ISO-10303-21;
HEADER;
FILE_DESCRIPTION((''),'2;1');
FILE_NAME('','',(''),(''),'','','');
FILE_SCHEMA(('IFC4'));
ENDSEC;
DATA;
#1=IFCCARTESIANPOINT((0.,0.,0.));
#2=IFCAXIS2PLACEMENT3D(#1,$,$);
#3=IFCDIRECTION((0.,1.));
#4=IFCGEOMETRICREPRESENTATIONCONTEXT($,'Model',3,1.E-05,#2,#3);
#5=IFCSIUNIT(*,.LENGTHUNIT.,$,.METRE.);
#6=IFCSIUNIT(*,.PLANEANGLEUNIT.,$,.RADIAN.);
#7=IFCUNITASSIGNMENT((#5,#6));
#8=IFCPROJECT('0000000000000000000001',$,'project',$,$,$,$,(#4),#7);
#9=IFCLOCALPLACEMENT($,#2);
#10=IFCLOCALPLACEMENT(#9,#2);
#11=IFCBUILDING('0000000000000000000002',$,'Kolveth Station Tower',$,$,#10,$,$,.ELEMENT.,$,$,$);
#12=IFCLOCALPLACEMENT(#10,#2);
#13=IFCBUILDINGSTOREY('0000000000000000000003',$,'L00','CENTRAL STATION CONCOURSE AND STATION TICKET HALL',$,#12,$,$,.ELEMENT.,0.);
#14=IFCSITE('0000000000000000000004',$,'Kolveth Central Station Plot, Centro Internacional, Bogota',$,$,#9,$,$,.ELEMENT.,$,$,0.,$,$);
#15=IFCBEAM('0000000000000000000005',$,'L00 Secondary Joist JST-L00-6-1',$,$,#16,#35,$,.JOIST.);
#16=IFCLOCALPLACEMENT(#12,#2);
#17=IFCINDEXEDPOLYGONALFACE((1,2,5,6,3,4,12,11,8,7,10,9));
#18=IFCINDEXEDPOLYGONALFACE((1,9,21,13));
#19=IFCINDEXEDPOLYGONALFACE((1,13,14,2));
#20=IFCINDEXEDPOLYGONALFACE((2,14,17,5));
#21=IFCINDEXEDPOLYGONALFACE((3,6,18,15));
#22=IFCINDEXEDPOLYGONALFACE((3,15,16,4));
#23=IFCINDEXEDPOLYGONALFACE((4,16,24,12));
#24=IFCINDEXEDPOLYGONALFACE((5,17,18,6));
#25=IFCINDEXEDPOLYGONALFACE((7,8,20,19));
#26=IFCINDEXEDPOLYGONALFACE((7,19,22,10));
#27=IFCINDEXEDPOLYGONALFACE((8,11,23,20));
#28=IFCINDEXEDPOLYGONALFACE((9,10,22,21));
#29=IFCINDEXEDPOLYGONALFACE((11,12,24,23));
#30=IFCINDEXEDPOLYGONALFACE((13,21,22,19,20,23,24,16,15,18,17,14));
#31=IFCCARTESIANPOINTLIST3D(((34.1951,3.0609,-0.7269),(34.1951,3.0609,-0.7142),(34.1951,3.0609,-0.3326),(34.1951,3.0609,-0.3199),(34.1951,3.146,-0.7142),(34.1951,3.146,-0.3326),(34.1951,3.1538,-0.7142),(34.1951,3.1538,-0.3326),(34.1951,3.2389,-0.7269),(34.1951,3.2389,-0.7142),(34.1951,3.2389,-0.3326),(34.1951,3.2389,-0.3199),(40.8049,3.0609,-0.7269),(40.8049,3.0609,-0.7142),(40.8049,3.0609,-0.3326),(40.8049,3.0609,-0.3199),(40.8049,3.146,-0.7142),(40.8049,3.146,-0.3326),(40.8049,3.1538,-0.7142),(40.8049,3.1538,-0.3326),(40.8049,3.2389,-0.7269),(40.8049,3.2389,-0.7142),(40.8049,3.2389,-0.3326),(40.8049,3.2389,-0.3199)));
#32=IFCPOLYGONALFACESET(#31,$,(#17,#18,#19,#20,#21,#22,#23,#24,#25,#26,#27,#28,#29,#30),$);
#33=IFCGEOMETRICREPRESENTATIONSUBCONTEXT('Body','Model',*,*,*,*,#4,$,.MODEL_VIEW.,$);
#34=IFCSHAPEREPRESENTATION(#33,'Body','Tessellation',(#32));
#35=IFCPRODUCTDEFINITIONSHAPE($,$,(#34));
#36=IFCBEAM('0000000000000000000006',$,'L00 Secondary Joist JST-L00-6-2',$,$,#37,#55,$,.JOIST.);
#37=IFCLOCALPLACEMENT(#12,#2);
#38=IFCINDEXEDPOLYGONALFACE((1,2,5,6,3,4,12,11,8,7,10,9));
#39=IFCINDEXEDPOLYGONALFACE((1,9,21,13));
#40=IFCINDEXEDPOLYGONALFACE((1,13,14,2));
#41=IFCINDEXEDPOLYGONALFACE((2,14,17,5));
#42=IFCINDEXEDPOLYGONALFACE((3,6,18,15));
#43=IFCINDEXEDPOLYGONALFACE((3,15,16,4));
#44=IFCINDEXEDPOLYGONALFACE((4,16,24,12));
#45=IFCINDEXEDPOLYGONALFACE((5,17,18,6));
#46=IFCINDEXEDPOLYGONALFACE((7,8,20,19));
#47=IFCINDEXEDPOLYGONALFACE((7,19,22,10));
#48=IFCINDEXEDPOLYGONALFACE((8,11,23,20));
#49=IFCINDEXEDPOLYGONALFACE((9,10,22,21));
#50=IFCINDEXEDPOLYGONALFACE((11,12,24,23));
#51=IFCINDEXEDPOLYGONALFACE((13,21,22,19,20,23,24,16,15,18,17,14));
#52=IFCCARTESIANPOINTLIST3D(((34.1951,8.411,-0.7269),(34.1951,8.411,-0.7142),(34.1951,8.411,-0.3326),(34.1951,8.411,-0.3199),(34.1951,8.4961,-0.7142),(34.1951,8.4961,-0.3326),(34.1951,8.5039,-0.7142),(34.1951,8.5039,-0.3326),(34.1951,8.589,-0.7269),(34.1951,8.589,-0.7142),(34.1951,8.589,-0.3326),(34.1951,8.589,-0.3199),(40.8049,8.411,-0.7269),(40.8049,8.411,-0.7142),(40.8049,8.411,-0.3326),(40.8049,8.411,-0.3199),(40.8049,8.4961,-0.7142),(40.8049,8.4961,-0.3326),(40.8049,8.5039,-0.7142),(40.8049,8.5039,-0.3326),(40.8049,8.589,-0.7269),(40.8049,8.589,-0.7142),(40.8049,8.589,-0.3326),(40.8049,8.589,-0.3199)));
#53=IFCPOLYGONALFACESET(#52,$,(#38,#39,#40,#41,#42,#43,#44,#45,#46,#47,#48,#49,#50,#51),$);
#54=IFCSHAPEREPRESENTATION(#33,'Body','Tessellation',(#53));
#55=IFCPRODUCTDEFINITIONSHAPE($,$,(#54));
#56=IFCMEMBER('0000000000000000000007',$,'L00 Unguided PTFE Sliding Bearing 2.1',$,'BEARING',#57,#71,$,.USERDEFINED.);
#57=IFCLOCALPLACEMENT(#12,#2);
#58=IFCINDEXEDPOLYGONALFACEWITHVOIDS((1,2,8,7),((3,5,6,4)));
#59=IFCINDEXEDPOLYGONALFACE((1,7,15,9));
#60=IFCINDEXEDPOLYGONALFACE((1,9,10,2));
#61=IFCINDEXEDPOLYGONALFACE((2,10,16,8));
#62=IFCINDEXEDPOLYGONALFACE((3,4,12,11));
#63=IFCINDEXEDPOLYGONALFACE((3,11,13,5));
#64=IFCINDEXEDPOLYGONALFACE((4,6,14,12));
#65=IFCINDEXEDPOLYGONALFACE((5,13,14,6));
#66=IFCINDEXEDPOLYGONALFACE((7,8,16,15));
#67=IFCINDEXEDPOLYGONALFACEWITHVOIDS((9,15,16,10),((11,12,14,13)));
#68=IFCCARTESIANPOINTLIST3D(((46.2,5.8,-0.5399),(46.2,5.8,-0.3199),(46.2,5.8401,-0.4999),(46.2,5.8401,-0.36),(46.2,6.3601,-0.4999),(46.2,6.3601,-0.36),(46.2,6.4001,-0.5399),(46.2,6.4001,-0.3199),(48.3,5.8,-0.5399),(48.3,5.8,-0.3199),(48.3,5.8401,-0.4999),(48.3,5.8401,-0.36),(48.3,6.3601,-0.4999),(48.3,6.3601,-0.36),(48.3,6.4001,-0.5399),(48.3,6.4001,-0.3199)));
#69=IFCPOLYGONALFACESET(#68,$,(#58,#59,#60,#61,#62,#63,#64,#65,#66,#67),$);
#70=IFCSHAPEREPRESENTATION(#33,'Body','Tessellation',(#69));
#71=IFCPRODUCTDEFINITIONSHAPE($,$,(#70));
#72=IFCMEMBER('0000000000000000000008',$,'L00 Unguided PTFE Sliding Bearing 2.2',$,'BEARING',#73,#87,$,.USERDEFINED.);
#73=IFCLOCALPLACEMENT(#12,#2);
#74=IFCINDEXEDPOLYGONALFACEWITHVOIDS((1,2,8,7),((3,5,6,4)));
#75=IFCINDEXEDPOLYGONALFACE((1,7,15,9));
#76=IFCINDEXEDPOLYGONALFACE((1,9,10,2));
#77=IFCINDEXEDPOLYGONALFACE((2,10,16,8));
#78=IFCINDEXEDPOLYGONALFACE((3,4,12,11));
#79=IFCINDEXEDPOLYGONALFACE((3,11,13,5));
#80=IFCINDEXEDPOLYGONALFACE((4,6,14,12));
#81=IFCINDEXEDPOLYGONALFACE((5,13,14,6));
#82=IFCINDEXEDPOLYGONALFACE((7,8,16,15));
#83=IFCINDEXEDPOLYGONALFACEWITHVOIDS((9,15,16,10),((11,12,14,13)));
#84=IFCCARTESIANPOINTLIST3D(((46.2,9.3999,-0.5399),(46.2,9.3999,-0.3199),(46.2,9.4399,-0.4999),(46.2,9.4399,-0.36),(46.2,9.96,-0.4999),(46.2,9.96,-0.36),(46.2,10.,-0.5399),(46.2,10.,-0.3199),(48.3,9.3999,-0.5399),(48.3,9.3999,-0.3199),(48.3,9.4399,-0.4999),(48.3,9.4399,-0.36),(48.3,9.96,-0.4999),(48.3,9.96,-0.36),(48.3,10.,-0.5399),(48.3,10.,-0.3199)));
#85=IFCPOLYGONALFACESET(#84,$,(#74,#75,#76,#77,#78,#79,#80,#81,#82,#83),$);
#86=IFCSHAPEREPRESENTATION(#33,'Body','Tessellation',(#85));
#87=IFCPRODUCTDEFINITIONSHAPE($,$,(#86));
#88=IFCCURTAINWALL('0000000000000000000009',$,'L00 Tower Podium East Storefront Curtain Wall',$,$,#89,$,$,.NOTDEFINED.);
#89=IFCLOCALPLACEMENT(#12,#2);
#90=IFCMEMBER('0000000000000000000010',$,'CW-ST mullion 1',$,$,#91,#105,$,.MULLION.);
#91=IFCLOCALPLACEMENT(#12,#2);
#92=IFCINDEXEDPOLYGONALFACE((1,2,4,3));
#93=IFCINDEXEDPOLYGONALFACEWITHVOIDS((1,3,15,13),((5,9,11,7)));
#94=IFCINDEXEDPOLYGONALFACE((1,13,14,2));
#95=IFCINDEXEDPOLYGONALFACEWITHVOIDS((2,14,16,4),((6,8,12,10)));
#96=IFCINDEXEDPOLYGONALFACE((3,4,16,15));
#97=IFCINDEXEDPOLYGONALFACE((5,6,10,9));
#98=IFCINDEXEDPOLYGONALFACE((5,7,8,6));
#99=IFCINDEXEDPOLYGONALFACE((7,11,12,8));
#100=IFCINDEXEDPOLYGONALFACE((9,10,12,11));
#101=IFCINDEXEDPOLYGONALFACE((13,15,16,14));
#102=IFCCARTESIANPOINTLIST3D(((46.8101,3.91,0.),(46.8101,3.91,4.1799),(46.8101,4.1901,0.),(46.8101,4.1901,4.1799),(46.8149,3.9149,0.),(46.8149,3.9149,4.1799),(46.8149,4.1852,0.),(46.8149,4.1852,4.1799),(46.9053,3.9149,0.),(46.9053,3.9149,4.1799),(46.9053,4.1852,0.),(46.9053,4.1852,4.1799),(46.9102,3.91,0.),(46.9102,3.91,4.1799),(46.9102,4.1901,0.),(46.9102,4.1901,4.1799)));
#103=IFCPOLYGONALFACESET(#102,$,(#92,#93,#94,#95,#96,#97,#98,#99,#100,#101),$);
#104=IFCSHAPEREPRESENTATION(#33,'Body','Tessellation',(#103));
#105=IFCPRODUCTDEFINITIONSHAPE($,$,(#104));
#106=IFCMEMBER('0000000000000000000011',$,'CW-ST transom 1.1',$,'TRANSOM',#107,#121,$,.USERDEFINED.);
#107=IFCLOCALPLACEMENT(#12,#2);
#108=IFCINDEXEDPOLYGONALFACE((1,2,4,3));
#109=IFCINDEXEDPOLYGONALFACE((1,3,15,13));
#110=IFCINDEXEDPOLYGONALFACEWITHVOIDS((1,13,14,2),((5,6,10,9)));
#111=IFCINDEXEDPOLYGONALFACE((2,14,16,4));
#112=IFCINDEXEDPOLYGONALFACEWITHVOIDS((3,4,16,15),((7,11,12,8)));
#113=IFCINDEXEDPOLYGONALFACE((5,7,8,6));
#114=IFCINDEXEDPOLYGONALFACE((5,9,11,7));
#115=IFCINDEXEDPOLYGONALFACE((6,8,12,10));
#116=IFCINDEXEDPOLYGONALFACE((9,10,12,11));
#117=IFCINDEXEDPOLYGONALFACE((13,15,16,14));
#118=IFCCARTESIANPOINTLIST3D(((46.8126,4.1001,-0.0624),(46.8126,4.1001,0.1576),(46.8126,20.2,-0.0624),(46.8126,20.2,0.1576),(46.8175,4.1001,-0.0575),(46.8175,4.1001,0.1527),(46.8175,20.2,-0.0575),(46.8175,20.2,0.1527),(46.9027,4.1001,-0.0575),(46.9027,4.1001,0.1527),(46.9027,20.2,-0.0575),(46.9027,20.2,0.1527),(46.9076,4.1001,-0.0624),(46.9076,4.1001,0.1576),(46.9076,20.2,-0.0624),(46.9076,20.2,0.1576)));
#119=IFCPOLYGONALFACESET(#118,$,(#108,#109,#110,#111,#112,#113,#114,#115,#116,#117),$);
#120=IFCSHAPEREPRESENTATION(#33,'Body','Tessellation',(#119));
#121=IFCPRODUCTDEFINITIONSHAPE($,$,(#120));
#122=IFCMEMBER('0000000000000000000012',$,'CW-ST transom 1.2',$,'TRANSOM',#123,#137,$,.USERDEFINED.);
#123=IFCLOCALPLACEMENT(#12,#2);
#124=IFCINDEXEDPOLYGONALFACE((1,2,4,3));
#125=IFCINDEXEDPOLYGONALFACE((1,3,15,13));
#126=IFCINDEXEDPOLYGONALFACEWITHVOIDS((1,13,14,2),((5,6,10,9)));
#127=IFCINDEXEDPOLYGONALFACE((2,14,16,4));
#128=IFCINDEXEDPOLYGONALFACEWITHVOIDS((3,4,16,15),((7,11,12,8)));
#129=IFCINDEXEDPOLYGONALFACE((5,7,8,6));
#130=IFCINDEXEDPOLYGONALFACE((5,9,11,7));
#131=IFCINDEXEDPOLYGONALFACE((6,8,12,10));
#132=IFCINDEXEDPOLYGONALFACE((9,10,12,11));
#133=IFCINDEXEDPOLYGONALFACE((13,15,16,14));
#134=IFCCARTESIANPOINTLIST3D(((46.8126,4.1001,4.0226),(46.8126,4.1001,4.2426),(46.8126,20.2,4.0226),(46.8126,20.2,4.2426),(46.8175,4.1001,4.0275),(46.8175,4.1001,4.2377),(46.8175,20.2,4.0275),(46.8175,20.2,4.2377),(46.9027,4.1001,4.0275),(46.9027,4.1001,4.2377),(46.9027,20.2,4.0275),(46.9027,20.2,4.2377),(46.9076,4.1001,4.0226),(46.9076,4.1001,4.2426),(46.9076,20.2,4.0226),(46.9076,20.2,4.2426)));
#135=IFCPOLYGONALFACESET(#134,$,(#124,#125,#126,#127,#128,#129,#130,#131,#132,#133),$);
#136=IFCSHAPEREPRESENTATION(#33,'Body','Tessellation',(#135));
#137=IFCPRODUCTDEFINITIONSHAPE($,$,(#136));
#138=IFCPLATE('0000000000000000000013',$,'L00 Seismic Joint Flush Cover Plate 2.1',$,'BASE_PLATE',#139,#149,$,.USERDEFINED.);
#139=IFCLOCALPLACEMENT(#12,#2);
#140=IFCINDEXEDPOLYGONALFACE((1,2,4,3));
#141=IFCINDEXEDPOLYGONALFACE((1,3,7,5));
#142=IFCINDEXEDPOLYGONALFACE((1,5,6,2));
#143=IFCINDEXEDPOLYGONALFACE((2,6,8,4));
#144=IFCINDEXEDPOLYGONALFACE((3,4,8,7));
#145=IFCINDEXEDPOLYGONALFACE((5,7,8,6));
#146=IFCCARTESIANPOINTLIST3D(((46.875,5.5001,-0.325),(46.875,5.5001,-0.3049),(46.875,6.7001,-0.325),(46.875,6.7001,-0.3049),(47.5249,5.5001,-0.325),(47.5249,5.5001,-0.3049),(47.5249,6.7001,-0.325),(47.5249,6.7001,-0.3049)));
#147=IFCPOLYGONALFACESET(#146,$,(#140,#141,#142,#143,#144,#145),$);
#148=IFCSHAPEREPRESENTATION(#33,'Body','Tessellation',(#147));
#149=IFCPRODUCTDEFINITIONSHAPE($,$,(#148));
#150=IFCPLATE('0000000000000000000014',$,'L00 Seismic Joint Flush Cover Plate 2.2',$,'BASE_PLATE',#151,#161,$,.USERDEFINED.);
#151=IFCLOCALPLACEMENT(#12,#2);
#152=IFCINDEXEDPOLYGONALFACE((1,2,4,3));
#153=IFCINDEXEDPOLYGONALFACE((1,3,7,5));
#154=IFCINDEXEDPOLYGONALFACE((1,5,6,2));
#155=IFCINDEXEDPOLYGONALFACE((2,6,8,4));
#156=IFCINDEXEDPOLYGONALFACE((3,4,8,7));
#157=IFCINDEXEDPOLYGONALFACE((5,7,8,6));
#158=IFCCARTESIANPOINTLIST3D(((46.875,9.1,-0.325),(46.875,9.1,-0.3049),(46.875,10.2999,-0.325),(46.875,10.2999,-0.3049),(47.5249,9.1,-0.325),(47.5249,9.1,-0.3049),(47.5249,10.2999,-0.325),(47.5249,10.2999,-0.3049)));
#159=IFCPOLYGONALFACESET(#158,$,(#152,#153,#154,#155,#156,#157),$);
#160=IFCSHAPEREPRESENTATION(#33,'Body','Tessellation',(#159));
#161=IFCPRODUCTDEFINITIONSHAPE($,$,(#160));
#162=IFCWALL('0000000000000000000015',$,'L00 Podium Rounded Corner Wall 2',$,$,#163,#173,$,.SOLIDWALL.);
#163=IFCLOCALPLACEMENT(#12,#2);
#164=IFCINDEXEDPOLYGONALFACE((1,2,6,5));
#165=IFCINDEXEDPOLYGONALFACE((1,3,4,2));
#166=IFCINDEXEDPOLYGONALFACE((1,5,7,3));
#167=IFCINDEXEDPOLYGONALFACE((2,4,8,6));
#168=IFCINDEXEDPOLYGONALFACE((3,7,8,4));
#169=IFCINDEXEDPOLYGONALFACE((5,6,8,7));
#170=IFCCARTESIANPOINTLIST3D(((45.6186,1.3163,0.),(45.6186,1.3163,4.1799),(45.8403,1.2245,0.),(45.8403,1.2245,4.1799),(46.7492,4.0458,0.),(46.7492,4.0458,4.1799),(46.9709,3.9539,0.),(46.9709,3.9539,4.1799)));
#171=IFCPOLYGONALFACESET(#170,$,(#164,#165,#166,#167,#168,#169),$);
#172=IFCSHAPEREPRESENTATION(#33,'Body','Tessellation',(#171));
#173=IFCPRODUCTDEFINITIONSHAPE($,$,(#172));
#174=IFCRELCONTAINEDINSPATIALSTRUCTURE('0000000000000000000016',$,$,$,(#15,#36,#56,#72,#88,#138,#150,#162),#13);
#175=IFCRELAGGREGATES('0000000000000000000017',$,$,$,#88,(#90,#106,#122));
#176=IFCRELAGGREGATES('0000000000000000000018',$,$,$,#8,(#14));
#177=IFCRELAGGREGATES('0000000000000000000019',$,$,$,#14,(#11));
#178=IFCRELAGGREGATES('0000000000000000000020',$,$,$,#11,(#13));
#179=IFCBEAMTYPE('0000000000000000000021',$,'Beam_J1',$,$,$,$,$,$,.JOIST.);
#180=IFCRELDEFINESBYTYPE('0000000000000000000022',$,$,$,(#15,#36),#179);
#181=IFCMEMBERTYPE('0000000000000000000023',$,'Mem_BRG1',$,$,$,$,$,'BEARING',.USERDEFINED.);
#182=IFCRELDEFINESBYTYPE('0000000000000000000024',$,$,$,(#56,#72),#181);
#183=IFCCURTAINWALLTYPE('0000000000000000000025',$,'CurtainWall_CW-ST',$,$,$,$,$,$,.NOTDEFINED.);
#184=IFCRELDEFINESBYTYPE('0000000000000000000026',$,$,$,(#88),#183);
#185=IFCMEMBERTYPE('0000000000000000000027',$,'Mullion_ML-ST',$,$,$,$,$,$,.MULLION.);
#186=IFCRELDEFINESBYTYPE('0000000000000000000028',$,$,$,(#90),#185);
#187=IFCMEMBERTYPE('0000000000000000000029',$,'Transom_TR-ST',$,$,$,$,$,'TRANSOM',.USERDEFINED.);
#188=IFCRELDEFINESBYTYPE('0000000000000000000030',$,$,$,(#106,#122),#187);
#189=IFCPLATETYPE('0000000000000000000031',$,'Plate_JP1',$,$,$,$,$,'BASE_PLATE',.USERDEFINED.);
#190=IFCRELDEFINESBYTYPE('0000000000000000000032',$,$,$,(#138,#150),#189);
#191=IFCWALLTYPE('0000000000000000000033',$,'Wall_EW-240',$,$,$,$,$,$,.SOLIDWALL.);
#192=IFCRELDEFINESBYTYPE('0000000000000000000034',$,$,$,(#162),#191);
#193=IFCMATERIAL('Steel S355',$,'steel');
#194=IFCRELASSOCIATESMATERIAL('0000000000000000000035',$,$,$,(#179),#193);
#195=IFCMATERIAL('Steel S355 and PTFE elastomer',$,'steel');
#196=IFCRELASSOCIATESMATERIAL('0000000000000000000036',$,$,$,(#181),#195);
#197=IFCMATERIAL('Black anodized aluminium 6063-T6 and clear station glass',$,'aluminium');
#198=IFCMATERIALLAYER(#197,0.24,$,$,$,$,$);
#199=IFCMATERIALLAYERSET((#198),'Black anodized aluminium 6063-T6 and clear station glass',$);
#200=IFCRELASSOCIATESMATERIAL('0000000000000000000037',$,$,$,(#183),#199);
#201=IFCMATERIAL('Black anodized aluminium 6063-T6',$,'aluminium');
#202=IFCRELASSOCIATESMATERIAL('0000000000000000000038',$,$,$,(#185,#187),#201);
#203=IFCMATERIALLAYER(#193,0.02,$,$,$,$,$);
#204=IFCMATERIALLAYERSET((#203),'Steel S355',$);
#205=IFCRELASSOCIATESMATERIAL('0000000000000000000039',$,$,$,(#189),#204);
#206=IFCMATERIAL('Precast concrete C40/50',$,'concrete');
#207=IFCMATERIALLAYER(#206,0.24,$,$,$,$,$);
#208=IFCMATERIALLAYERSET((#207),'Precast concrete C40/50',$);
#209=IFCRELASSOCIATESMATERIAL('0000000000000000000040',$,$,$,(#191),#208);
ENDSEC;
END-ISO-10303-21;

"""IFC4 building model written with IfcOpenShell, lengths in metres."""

from ifc_helpers import new_model, si_unit, direction, frame, frame_2d, origin, origin_2d, place, context, subcontext, project, spatial, rectangle, hollow_rectangle, i_section, extrude, source, transform, mapped, material, layer, layer_set, material_profile, profile_set, type_object, element, aggregate, save


model = new_model("IFC4")

# Units and contexts
model_context = context("Model", 3, precision=1e-05, world=origin(), true_north=direction((0.0, 1.0)))
body_context = subcontext(model_context, "Body", "Model", "MODEL_VIEW")
ifc_project = project(units=[si_unit("LENGTHUNIT", "METRE"), si_unit("PLANEANGLEUNIT", "RADIAN")], contexts=[model_context])

# Site, building, storey
site_placement = place(None, origin())
site = spatial("IfcSite", under=ifc_project, at=site_placement, Name="Kolveth Central Station Plot, Centro Internacional, Bogota", CompositionType="ELEMENT", RefElevation=0.0)
building_placement = place(site_placement, origin())
building = spatial("IfcBuilding", under=site, at=building_placement, Name="Kolveth Station Tower", CompositionType="ELEMENT")
storey_placement = place(building_placement, origin())
storey = spatial("IfcBuildingStorey", under=building, at=storey_placement, Name="L00", Description="CENTRAL STATION CONCOURSE AND STATION TICKET HALL", CompositionType="ELEMENT", Elevation=0.0)

# Beams
ifc_material_1 = material(Name="Steel S355", Category="steel")
ifc_material_profile_1 = material_profile(ifc_material_1, i_section(OverallWidth=0.178, OverallDepth=0.407, WebThickness=0.0078, FlangeThickness=0.0127, at=origin_2d()), Name="W410x60")
ifc_profile_set_1 = profile_set([ifc_material_profile_1], Name="Steel S355")
beam_type_1 = type_object("IfcBeamType", Name="Beam_J1", PredefinedType="JOIST", material=ifc_profile_set_1)
shared_shape_1 = source(origin(), body_context, "Body", "SweptSolid", [
    extrude(i_section(OverallWidth=0.178, OverallDepth=0.407, WebThickness=0.0078, FlangeThickness=0.0127, at=origin_2d()), origin(), (0.0, 0.0, 1.0), 6.6099),
])
for number, where, z_axis, x_axis, name in (
    (1, (34.1951, 3.1499, -0.5234), (1.0, 0.0, 0.0), (0.0, 1.0, 0.0), "L00 Secondary Joist JST-L00-6-1"),
    (2, (34.1951, 8.5, -0.5234), (1.0, 0.0, 0.0), (0.0, 1.0, 0.0), "L00 Secondary Joist JST-L00-6-2"),
):
    element("IfcBeam", number, at=place(storey_placement, frame(where, z_axis=z_axis, x_axis=x_axis)), inside=storey, type_object=beam_type_1, Name=name, PredefinedType="JOIST", context=body_context, shape_type="MappedRepresentation", body=[
        mapped(shared_shape_1, transform((0.0, 0.0, 0.0), x_axis=(1.0, 0.0, 0.0), y_axis=(0.0, 1.0, 0.0), z_axis=(0.0, 0.0, 1.0), scale=1.0)),
    ])

# Members
ifc_material_2 = material(Name="Steel S355 and PTFE elastomer", Category="steel")
ifc_material_profile_2 = material_profile(ifc_material_2, hollow_rectangle(XDim=0.6001, YDim=0.22, WallThickness=0.04, at=origin_2d()), Name="PTFE-BEARING-750x600")
ifc_profile_set_2 = profile_set([ifc_material_profile_2], Name="Steel S355 and PTFE elastomer")
member_type_1 = type_object("IfcMemberType", Name="Mem_BRG1", ElementType="BEARING", PredefinedType="USERDEFINED", material=ifc_profile_set_2)
shared_shape_2 = source(origin(), body_context, "Body", "SweptSolid", [
    extrude(hollow_rectangle(XDim=0.6001, YDim=0.22, WallThickness=0.04, at=origin_2d()), origin(), (0.0, 0.0, 1.0), 2.1001),
])
for number, where, z_axis, x_axis, name in (
    (3, (46.2, 6.1001, -0.4299), (1.0, 0.0, 0.0), (0.0, 1.0, 0.0), "L00 Unguided PTFE Sliding Bearing 2.1"),
    (4, (46.2, 9.7, -0.4299), (1.0, 0.0, 0.0), (0.0, 1.0, 0.0), "L00 Unguided PTFE Sliding Bearing 2.2"),
):
    element("IfcMember", number, at=place(storey_placement, frame(where, z_axis=z_axis, x_axis=x_axis)), inside=storey, type_object=member_type_1, Name=name, ObjectType="BEARING", PredefinedType="USERDEFINED", context=body_context, shape_type="MappedRepresentation", body=[
        mapped(shared_shape_2, transform((0.0, 0.0, 0.0), x_axis=(1.0, 0.0, 0.0), y_axis=(0.0, 1.0, 0.0), z_axis=(0.0, 0.0, 1.0), scale=1.0)),
    ])

# Curtain wall, members
ifc_material_3 = material(Name="Black anodized aluminium 6063-T6 and clear station glass", Category="aluminium")
ifc_layer_1 = layer(ifc_material_3, 0.24)
ifc_layer_set_1 = layer_set([ifc_layer_1], Name="Black anodized aluminium 6063-T6 and clear station glass")
curtain_wall_type = type_object("IfcCurtainWallType", Name="CurtainWall_CW-ST", PredefinedType="NOTDEFINED", material=ifc_layer_set_1)
curtain_wall_placement = place(storey_placement, origin())
curtain_wall = element("IfcCurtainWall", 5, at=curtain_wall_placement, inside=storey, type_object=curtain_wall_type, Name="L00 Tower Podium East Storefront Curtain Wall", PredefinedType="NOTDEFINED")
ifc_material_4 = material(Name="Black anodized aluminium 6063-T6", Category="aluminium")
ifc_material_profile_3 = material_profile(ifc_material_4, hollow_rectangle(XDim=0.1001, YDim=0.28, WallThickness=0.0049, at=origin_2d()), Name="ALU-100x280x5")
ifc_profile_set_3 = profile_set([ifc_material_profile_3], Name="Black anodized aluminium 6063-T6")
member_type_2 = type_object("IfcMemberType", Name="Mullion_ML-ST", PredefinedType="MULLION", material=ifc_profile_set_3)
shared_shape_3 = source(origin(), body_context, "Body", "SweptSolid", [
    extrude(hollow_rectangle(XDim=0.1001, YDim=0.28, WallThickness=0.0049, at=origin_2d()), origin(), (0.0, 0.0, 1.0), 4.1799),
])
member_1_placement = place(storey_placement, frame((46.8601, 4.05, 0.0), z_axis=(0.0, 0.0, 1.0), x_axis=(-1.0, 0.0, 0.0)))
member_1 = element("IfcMember", 6, at=member_1_placement, type_object=member_type_2, Name="CW-ST mullion 1", PredefinedType="MULLION", context=body_context, shape_type="MappedRepresentation", body=[
    mapped(shared_shape_3, transform((0.0, 0.0, 0.0), x_axis=(1.0, 0.0, 0.0), y_axis=(0.0, 1.0, 0.0), z_axis=(0.0, 0.0, 1.0), scale=1.0)),
])
ifc_material_profile_4 = material_profile(ifc_material_4, hollow_rectangle(XDim=0.095, YDim=0.22, WallThickness=0.0049, at=origin_2d()), Name="ALU-95x220x5")
ifc_profile_set_4 = profile_set([ifc_material_profile_4], Name="Black anodized aluminium 6063-T6")
member_type_3 = type_object("IfcMemberType", Name="Transom_TR-ST", ElementType="TRANSOM", PredefinedType="USERDEFINED", material=ifc_profile_set_4)
shared_shape_4 = source(origin(), body_context, "Body", "SweptSolid", [
    extrude(hollow_rectangle(XDim=0.095, YDim=0.22, WallThickness=0.0049, at=origin_2d()), origin(), (0.0, 0.0, 1.0), 16.0999),
])
member_2_placement = place(storey_placement, frame((46.8601, 4.1001, 0.0476), z_axis=(0.0, 1.0, 0.0), x_axis=(-1.0, 0.0, 0.0)))
member_2 = element("IfcMember", 7, at=member_2_placement, type_object=member_type_3, Name="CW-ST transom 1.1", ObjectType="TRANSOM", PredefinedType="USERDEFINED", context=body_context, shape_type="MappedRepresentation", body=[
    mapped(shared_shape_4, transform((0.0, 0.0, 0.0), x_axis=(1.0, 0.0, 0.0), y_axis=(0.0, 1.0, 0.0), z_axis=(0.0, 0.0, 1.0), scale=1.0)),
])
member_3_placement = place(storey_placement, frame((46.8601, 4.1001, 4.1326), z_axis=(0.0, 1.0, 0.0), x_axis=(-1.0, 0.0, 0.0)))
member_3 = element("IfcMember", 8, at=member_3_placement, type_object=member_type_3, Name="CW-ST transom 1.2", ObjectType="TRANSOM", PredefinedType="USERDEFINED", context=body_context, shape_type="MappedRepresentation", body=[
    mapped(shared_shape_4, transform((0.0, 0.0, 0.0), x_axis=(1.0, 0.0, 0.0), y_axis=(0.0, 1.0, 0.0), z_axis=(0.0, 0.0, 1.0), scale=1.0)),
])
aggregate(curtain_wall, [member_1, member_2, member_3])

# Plates
ifc_layer_2 = layer(ifc_material_1, 0.02)
ifc_layer_set_2 = layer_set([ifc_layer_2], Name="Steel S355")
plate_type = type_object("IfcPlateType", Name="Plate_JP1", ElementType="BASE_PLATE", PredefinedType="USERDEFINED", material=ifc_layer_set_2)
shared_shape_5 = source(origin(), body_context, "Body", "SweptSolid", [
    extrude(rectangle(XDim=1.2, YDim=0.6499, at=origin_2d()), origin(), (0.0, 0.0, 1.0), 0.02),
])
for number, where, z_axis, x_axis, name in (
    (9, (47.2, 6.1001, -0.325), (0.0, 0.0, 1.0), (0.0, 1.0, 0.0), "L00 Seismic Joint Flush Cover Plate 2.1"),
    (10, (47.2, 9.7, -0.325), (0.0, 0.0, 1.0), (0.0, 1.0, 0.0), "L00 Seismic Joint Flush Cover Plate 2.2"),
):
    element("IfcPlate", number, at=place(storey_placement, frame(where, z_axis=z_axis, x_axis=x_axis)), inside=storey, type_object=plate_type, Name=name, ObjectType="BASE_PLATE", PredefinedType="USERDEFINED", context=body_context, shape_type="MappedRepresentation", body=[
        mapped(shared_shape_5, transform((0.0, 0.0, 0.0), x_axis=(1.0, 0.0, 0.0), y_axis=(0.0, 1.0, 0.0), z_axis=(0.0, 0.0, 1.0), scale=1.0)),
    ])

# Wall
ifc_material_5 = material(Name="Precast concrete C40/50", Category="concrete")
ifc_layer_3 = layer(ifc_material_5, 0.24)
ifc_layer_set_3 = layer_set([ifc_layer_3], Name="Precast concrete C40/50")
wall_type_1 = type_object("IfcWallType", Name="Wall_EW-240", PredefinedType="SOLIDWALL", material=ifc_layer_set_3)
wall_1_placement = place(storey_placement, frame((45.7295, 1.2705, 0.0), z_axis=(0.0, 0.0, 1.0), x_axis=(0.38269, 0.923877, 0.0)))
element("IfcWall", 11, at=wall_1_placement, inside=storey, type_object=wall_type_1, Name="L00 Podium Rounded Corner Wall 2", PredefinedType="SOLIDWALL", context=body_context, shape_type="SweptSolid", body=[
    extrude(rectangle(XDim=2.9543, YDim=0.24, at=frame_2d((1.4771, 0.0))), origin(), (0.0, 0.0, 1.0), 4.1799),
])

save(model, "model.ifc")
